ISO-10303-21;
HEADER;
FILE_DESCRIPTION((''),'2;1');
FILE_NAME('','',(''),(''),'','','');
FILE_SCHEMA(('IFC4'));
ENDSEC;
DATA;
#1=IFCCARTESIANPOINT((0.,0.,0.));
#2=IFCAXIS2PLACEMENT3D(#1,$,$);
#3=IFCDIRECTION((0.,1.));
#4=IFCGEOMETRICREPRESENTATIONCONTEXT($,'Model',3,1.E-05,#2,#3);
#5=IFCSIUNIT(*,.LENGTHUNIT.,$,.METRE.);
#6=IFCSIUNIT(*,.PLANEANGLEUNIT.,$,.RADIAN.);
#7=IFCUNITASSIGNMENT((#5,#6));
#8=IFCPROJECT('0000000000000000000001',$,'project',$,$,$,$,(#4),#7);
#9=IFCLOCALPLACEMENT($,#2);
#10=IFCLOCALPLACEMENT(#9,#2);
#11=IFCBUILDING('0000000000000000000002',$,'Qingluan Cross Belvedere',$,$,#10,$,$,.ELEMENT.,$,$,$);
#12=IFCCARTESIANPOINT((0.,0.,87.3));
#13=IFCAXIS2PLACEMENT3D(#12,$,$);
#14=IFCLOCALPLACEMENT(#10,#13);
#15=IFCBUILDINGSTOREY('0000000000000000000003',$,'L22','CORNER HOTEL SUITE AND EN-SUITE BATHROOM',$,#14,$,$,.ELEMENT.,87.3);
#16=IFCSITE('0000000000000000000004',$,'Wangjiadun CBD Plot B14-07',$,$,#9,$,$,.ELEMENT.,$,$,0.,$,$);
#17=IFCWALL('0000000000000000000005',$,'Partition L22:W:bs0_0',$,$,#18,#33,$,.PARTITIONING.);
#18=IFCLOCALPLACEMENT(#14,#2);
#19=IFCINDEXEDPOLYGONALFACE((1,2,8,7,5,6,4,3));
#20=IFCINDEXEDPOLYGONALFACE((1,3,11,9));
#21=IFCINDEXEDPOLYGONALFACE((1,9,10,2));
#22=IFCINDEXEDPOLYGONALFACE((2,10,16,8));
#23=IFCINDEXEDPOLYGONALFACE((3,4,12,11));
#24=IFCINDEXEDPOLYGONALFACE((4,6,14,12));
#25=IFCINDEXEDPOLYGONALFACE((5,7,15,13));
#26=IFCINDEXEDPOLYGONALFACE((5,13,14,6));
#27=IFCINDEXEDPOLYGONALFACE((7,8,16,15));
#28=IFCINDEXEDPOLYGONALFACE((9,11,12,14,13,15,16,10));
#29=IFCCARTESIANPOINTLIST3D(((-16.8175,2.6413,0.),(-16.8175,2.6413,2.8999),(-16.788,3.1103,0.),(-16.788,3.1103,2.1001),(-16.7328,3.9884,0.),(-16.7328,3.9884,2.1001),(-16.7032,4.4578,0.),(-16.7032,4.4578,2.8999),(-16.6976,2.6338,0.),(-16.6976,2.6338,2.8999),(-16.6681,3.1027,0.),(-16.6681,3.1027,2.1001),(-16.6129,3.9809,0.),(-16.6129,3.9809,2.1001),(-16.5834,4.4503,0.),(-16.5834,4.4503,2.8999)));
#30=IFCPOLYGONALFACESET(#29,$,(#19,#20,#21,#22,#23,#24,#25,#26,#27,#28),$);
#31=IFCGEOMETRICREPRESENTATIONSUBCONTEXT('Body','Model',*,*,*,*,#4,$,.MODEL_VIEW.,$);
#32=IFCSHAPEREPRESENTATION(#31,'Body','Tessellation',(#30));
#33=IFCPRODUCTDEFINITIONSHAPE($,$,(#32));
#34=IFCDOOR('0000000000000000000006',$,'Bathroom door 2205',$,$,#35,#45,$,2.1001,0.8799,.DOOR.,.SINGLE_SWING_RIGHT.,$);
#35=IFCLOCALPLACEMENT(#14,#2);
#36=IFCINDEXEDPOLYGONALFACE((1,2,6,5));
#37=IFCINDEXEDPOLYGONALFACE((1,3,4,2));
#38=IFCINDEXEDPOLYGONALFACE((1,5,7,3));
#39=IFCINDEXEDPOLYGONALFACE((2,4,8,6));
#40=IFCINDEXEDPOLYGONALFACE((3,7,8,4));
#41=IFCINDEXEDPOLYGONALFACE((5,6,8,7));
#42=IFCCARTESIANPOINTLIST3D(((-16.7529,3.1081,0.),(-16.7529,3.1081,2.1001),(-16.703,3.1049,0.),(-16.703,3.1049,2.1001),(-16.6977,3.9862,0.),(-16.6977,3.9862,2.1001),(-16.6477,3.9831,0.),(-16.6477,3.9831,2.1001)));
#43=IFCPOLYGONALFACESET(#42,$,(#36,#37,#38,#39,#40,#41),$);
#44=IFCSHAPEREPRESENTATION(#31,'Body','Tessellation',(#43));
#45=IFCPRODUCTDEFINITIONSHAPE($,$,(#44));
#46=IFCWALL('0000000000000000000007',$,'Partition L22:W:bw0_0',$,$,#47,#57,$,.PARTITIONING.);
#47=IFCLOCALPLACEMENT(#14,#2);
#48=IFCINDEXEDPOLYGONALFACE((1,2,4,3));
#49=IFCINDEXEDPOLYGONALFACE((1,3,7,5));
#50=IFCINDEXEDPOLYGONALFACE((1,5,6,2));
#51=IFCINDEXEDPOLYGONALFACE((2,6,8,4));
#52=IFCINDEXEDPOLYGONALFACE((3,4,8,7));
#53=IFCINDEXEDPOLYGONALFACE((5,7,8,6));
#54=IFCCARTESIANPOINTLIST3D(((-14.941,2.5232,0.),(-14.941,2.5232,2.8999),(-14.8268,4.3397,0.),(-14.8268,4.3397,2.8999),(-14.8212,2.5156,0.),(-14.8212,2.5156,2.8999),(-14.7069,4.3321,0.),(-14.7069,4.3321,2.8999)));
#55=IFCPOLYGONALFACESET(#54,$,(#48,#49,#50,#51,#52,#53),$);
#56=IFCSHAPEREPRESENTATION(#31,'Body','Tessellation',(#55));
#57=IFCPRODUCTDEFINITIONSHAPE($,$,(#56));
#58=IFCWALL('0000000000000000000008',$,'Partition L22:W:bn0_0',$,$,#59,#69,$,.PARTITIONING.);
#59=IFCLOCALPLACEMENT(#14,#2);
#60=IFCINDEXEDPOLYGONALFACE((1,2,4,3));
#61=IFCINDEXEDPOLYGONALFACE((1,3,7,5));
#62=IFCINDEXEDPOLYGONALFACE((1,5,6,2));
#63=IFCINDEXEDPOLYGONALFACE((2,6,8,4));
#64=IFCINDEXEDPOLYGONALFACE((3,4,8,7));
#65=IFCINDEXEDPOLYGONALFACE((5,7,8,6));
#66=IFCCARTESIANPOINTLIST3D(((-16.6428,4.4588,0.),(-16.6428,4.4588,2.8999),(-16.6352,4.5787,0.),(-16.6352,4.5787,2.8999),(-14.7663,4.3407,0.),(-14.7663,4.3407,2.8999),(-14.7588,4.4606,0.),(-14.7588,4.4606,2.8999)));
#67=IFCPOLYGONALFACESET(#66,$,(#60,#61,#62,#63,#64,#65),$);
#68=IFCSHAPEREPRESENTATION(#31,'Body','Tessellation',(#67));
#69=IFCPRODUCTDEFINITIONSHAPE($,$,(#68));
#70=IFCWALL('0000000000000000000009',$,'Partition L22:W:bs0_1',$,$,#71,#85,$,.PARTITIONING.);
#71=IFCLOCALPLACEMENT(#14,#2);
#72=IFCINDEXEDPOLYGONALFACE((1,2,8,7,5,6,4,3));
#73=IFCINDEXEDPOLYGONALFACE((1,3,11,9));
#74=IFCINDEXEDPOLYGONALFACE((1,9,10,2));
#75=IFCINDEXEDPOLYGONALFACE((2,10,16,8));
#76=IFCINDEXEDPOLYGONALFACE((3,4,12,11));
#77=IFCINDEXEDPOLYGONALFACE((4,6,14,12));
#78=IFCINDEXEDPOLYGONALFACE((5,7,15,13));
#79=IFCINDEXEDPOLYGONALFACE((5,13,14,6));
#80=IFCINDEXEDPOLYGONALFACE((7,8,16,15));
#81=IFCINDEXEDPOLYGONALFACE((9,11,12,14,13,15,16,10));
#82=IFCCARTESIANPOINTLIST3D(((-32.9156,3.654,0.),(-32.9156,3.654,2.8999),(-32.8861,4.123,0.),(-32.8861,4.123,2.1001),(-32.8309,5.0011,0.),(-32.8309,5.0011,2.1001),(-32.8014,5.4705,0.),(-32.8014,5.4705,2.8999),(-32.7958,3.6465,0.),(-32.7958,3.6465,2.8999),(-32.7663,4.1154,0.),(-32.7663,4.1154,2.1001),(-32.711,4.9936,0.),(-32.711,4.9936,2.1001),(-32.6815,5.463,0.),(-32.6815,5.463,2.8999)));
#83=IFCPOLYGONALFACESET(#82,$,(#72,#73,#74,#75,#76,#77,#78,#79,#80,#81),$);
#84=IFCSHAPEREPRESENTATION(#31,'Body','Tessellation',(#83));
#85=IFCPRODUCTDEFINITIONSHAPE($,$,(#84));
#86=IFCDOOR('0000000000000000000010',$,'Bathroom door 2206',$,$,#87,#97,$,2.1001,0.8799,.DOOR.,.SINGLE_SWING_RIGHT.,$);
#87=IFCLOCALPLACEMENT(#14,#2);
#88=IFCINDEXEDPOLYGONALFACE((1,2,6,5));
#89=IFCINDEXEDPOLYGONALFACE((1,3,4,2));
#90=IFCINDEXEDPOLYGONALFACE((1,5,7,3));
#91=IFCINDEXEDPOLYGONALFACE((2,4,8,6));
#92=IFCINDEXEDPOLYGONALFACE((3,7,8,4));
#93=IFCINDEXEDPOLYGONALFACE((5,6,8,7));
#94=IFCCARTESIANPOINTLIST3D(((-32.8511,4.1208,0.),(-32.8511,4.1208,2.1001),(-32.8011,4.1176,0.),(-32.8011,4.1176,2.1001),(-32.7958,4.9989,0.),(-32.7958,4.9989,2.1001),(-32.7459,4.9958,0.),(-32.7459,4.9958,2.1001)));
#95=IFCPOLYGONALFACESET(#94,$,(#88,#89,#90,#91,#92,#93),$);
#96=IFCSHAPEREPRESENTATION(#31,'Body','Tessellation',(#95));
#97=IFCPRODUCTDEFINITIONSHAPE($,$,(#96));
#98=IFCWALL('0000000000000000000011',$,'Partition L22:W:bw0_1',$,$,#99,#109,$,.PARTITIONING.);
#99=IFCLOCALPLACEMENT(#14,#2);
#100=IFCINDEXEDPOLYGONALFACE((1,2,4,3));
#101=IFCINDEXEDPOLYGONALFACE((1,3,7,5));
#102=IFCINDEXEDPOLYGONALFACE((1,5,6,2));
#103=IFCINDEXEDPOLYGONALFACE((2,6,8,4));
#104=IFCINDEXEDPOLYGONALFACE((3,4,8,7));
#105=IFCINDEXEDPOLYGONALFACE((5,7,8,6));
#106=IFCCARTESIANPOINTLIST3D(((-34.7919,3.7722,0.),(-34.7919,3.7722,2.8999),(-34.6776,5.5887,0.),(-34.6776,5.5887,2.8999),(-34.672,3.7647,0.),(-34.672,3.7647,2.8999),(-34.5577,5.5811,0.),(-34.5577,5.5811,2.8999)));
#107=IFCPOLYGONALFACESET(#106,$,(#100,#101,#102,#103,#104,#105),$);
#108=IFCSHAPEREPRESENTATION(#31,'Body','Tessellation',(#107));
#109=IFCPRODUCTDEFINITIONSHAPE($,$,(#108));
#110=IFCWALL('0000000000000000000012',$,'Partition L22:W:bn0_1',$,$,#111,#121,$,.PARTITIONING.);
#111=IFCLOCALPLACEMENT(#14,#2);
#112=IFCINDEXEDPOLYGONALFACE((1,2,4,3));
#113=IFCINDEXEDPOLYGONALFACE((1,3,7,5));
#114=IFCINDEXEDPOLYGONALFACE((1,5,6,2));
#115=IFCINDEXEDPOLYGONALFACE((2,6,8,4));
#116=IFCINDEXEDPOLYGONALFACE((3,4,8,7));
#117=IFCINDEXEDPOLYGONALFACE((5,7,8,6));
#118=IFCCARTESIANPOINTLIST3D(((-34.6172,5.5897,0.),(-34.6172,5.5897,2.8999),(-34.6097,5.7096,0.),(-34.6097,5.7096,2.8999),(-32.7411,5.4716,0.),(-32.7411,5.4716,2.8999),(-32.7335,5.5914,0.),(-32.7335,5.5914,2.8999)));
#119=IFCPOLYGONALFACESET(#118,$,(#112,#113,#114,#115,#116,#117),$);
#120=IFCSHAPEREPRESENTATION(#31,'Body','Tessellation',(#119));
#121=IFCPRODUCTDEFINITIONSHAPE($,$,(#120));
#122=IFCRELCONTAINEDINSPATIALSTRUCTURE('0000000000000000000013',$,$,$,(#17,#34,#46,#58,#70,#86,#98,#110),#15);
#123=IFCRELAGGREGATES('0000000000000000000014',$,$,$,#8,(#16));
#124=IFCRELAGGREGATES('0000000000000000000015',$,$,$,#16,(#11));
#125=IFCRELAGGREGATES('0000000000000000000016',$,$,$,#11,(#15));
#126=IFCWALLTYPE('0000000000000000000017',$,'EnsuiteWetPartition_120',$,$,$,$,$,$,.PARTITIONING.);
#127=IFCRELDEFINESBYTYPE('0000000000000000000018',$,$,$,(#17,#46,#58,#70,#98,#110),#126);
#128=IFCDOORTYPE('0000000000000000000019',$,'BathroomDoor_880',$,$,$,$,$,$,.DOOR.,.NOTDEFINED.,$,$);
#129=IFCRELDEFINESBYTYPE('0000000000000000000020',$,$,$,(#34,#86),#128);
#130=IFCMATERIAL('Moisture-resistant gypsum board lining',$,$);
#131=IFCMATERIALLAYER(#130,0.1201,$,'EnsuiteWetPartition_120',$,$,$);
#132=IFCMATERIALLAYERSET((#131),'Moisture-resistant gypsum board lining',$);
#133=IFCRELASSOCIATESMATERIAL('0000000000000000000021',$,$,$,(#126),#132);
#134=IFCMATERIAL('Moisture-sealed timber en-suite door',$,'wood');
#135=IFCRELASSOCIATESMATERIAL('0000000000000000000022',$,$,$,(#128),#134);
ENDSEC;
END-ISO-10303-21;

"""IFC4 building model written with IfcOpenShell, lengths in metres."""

from ifc_helpers import new_model, si_unit, direction, frame, frame_2d, origin, place, context, subcontext, project, spatial, rectangle, extrude, material, layer, layer_set, type_object, element, fill, save


model = new_model("IFC4")

# Units and contexts
model_context = context("Model", 3, precision=1e-05, world=origin(), true_north=direction((0.0, 1.0)))
body_context = subcontext(model_context, "Body", "Model", "MODEL_VIEW")
ifc_project = project(units=[si_unit("LENGTHUNIT", "METRE"), si_unit("PLANEANGLEUNIT", "RADIAN")], contexts=[model_context])

# Site, building, storey
site_placement = place(None, origin())
site = spatial("IfcSite", under=ifc_project, at=site_placement, Name="Wangjiadun CBD Plot B14-07", CompositionType="ELEMENT", RefElevation=0.0)
building_placement = place(site_placement, origin())
building = spatial("IfcBuilding", under=site, at=building_placement, Name="Qingluan Cross Belvedere", CompositionType="ELEMENT")
storey_placement = place(building_placement, frame((0.0, 0.0, 87.3)))
storey = spatial("IfcBuildingStorey", under=building, at=storey_placement, Name="L22", Description="CORNER HOTEL SUITE AND EN-SUITE BATHROOM", CompositionType="ELEMENT", Elevation=87.3)

# Wall, opening, door
ifc_material_1 = material(Name="Moisture-resistant gypsum board lining")
ifc_layer_1 = layer(ifc_material_1, 0.1201, Name="EnsuiteWetPartition_120")
ifc_layer_set_1 = layer_set([ifc_layer_1], Name="Moisture-resistant gypsum board lining")
wall_type_1 = type_object("IfcWallType", Name="EnsuiteWetPartition_120", PredefinedType="PARTITIONING", material=ifc_layer_set_1)
wall_1_placement = place(storey_placement, frame((-16.7576, 2.6375, 0.0), z_axis=(0.0, 0.0, 1.0), x_axis=(0.062779, 0.998027, 0.0)))
wall_1 = element("IfcWall", 1, at=wall_1_placement, inside=storey, type_object=wall_type_1, Name="Partition L22:W:bs0_0", PredefinedType="PARTITIONING", context=body_context, shape_type="SweptSolid", body=[
    extrude(rectangle(XDim=1.8201, YDim=0.1201, at=frame_2d((0.9102, 0.0))), origin(), (0.0, 0.0, 1.0), 2.8999),
])
opening_1_placement = place(wall_1_placement, frame((0.47, 0.0, 0.0)))
opening_1 = element("IfcOpeningElement", 2, at=opening_1_placement, cuts=wall_1, PredefinedType="OPENING", context=body_context, shape_type="SweptSolid", body=[
    extrude(rectangle(XDim=0.8799, YDim=2.1001, at=frame_2d((0.4399, 1.05))), frame((0.0, 0.0701, 0.0), z_axis=(0.0, -1.0, 0.0), x_axis=(1.0, 0.0, 0.0)), (0.0, 0.0, 1.0), 0.1401),
])
ifc_material_2 = material(Name="Moisture-sealed timber en-suite door", Category="wood")
door_type_1 = type_object("IfcDoorType", Name="BathroomDoor_880", OperationType="NOTDEFINED", PredefinedType="DOOR", material=ifc_material_2)
door_1_placement = place(opening_1_placement, origin())
door_1 = element("IfcDoor", 3, at=door_1_placement, inside=storey, type_object=door_type_1, Name="Bathroom door 2205", OperationType="SINGLE_SWING_RIGHT", OverallHeight=2.1001, OverallWidth=0.8799, PredefinedType="DOOR", context=body_context, shape_type="SweptSolid", body=[
    extrude(rectangle(XDim=0.8799, YDim=2.1001, at=frame_2d((0.4399, 1.05))), frame((0.0, 0.0249, 0.0), z_axis=(0.0, -1.0, 0.0), x_axis=(1.0, 0.0, 0.0)), (0.0, 0.0, 1.0), 0.05),
])
fill(opening_1, door_1)

# Walls
wall_2_placement = place(storey_placement, frame((-14.8811, 2.5193, 0.0), z_axis=(0.0, 0.0, 1.0), x_axis=(0.062779, 0.998027, 0.0)))
element("IfcWall", 4, at=wall_2_placement, inside=storey, type_object=wall_type_1, Name="Partition L22:W:bw0_0", PredefinedType="PARTITIONING", context=body_context, shape_type="SweptSolid", body=[
    extrude(rectangle(XDim=1.8201, YDim=0.1201, at=frame_2d((0.9102, 0.0))), origin(), (0.0, 0.0, 1.0), 2.8999),
])
wall_3_placement = place(storey_placement, frame((-14.7627, 4.4006, 0.0), z_axis=(0.0, 0.0, 1.0), x_axis=(-0.998023, 0.062847, 0.0)))
element("IfcWall", 5, at=wall_3_placement, inside=storey, type_object=wall_type_1, Name="Partition L22:W:bn0_0", PredefinedType="PARTITIONING", context=body_context, shape_type="SweptSolid", body=[
    extrude(rectangle(XDim=1.8801, YDim=0.1201, at=frame_2d((0.9399, 0.0))), origin(), (0.0, 0.0, 1.0), 2.8999),
])

# Wall, opening, door
wall_4_placement = place(storey_placement, frame((-32.8557, 3.6501, 0.0), z_axis=(0.0, 0.0, 1.0), x_axis=(0.062779, 0.998027, 0.0)))
wall_4 = element("IfcWall", 6, at=wall_4_placement, inside=storey, type_object=wall_type_1, Name="Partition L22:W:bs0_1", PredefinedType="PARTITIONING", context=body_context, shape_type="SweptSolid", body=[
    extrude(rectangle(XDim=1.8201, YDim=0.1201, at=frame_2d((0.9102, 0.0))), origin(), (0.0, 0.0, 1.0), 2.8999),
])
opening_2_placement = place(wall_4_placement, frame((0.47, 0.0, 0.0)))
opening_2 = element("IfcOpeningElement", 7, at=opening_2_placement, cuts=wall_4, PredefinedType="OPENING", context=body_context, shape_type="SweptSolid", body=[
    extrude(rectangle(XDim=0.8799, YDim=2.1001, at=frame_2d((0.4399, 1.05))), frame((0.0, 0.0701, 0.0), z_axis=(0.0, -1.0, 0.0), x_axis=(1.0, 0.0, 0.0)), (0.0, 0.0, 1.0), 0.1401),
])
door_2_placement = place(opening_2_placement, origin())
door_2 = element("IfcDoor", 8, at=door_2_placement, inside=storey, type_object=door_type_1, Name="Bathroom door 2206", OperationType="SINGLE_SWING_RIGHT", OverallHeight=2.1001, OverallWidth=0.8799, PredefinedType="DOOR", context=body_context, shape_type="SweptSolid", body=[
    extrude(rectangle(XDim=0.8799, YDim=2.1001, at=frame_2d((0.4399, 1.05))), frame((0.0, 0.0249, 0.0), z_axis=(0.0, -1.0, 0.0), x_axis=(1.0, 0.0, 0.0)), (0.0, 0.0, 1.0), 0.05),
])
fill(opening_2, door_2)

# Walls
wall_5_placement = place(storey_placement, frame((-34.7319, 3.7683, 0.0), z_axis=(0.0, 0.0, 1.0), x_axis=(0.062779, 0.998027, 0.0)))
element("IfcWall", 9, at=wall_5_placement, inside=storey, type_object=wall_type_1, Name="Partition L22:W:bw0_1", PredefinedType="PARTITIONING", context=body_context, shape_type="SweptSolid", body=[
    extrude(rectangle(XDim=1.8201, YDim=0.1201, at=frame_2d((0.9102, 0.0))), origin(), (0.0, 0.0, 1.0), 2.8999),
])
wall_6_placement = place(storey_placement, frame((-32.7373, 5.5315, 0.0), z_axis=(0.0, 0.0, 1.0), x_axis=(-0.998023, 0.062855, 0.0)))
element("IfcWall", 10, at=wall_6_placement, inside=storey, type_object=wall_type_1, Name="Partition L22:W:bn0_1", PredefinedType="PARTITIONING", context=body_context, shape_type="SweptSolid", body=[
    extrude(rectangle(XDim=1.8799, YDim=0.1201, at=frame_2d((0.9399, 0.0))), origin(), (0.0, 0.0, 1.0), 2.8999),
])

save(model, "model.ifc")
